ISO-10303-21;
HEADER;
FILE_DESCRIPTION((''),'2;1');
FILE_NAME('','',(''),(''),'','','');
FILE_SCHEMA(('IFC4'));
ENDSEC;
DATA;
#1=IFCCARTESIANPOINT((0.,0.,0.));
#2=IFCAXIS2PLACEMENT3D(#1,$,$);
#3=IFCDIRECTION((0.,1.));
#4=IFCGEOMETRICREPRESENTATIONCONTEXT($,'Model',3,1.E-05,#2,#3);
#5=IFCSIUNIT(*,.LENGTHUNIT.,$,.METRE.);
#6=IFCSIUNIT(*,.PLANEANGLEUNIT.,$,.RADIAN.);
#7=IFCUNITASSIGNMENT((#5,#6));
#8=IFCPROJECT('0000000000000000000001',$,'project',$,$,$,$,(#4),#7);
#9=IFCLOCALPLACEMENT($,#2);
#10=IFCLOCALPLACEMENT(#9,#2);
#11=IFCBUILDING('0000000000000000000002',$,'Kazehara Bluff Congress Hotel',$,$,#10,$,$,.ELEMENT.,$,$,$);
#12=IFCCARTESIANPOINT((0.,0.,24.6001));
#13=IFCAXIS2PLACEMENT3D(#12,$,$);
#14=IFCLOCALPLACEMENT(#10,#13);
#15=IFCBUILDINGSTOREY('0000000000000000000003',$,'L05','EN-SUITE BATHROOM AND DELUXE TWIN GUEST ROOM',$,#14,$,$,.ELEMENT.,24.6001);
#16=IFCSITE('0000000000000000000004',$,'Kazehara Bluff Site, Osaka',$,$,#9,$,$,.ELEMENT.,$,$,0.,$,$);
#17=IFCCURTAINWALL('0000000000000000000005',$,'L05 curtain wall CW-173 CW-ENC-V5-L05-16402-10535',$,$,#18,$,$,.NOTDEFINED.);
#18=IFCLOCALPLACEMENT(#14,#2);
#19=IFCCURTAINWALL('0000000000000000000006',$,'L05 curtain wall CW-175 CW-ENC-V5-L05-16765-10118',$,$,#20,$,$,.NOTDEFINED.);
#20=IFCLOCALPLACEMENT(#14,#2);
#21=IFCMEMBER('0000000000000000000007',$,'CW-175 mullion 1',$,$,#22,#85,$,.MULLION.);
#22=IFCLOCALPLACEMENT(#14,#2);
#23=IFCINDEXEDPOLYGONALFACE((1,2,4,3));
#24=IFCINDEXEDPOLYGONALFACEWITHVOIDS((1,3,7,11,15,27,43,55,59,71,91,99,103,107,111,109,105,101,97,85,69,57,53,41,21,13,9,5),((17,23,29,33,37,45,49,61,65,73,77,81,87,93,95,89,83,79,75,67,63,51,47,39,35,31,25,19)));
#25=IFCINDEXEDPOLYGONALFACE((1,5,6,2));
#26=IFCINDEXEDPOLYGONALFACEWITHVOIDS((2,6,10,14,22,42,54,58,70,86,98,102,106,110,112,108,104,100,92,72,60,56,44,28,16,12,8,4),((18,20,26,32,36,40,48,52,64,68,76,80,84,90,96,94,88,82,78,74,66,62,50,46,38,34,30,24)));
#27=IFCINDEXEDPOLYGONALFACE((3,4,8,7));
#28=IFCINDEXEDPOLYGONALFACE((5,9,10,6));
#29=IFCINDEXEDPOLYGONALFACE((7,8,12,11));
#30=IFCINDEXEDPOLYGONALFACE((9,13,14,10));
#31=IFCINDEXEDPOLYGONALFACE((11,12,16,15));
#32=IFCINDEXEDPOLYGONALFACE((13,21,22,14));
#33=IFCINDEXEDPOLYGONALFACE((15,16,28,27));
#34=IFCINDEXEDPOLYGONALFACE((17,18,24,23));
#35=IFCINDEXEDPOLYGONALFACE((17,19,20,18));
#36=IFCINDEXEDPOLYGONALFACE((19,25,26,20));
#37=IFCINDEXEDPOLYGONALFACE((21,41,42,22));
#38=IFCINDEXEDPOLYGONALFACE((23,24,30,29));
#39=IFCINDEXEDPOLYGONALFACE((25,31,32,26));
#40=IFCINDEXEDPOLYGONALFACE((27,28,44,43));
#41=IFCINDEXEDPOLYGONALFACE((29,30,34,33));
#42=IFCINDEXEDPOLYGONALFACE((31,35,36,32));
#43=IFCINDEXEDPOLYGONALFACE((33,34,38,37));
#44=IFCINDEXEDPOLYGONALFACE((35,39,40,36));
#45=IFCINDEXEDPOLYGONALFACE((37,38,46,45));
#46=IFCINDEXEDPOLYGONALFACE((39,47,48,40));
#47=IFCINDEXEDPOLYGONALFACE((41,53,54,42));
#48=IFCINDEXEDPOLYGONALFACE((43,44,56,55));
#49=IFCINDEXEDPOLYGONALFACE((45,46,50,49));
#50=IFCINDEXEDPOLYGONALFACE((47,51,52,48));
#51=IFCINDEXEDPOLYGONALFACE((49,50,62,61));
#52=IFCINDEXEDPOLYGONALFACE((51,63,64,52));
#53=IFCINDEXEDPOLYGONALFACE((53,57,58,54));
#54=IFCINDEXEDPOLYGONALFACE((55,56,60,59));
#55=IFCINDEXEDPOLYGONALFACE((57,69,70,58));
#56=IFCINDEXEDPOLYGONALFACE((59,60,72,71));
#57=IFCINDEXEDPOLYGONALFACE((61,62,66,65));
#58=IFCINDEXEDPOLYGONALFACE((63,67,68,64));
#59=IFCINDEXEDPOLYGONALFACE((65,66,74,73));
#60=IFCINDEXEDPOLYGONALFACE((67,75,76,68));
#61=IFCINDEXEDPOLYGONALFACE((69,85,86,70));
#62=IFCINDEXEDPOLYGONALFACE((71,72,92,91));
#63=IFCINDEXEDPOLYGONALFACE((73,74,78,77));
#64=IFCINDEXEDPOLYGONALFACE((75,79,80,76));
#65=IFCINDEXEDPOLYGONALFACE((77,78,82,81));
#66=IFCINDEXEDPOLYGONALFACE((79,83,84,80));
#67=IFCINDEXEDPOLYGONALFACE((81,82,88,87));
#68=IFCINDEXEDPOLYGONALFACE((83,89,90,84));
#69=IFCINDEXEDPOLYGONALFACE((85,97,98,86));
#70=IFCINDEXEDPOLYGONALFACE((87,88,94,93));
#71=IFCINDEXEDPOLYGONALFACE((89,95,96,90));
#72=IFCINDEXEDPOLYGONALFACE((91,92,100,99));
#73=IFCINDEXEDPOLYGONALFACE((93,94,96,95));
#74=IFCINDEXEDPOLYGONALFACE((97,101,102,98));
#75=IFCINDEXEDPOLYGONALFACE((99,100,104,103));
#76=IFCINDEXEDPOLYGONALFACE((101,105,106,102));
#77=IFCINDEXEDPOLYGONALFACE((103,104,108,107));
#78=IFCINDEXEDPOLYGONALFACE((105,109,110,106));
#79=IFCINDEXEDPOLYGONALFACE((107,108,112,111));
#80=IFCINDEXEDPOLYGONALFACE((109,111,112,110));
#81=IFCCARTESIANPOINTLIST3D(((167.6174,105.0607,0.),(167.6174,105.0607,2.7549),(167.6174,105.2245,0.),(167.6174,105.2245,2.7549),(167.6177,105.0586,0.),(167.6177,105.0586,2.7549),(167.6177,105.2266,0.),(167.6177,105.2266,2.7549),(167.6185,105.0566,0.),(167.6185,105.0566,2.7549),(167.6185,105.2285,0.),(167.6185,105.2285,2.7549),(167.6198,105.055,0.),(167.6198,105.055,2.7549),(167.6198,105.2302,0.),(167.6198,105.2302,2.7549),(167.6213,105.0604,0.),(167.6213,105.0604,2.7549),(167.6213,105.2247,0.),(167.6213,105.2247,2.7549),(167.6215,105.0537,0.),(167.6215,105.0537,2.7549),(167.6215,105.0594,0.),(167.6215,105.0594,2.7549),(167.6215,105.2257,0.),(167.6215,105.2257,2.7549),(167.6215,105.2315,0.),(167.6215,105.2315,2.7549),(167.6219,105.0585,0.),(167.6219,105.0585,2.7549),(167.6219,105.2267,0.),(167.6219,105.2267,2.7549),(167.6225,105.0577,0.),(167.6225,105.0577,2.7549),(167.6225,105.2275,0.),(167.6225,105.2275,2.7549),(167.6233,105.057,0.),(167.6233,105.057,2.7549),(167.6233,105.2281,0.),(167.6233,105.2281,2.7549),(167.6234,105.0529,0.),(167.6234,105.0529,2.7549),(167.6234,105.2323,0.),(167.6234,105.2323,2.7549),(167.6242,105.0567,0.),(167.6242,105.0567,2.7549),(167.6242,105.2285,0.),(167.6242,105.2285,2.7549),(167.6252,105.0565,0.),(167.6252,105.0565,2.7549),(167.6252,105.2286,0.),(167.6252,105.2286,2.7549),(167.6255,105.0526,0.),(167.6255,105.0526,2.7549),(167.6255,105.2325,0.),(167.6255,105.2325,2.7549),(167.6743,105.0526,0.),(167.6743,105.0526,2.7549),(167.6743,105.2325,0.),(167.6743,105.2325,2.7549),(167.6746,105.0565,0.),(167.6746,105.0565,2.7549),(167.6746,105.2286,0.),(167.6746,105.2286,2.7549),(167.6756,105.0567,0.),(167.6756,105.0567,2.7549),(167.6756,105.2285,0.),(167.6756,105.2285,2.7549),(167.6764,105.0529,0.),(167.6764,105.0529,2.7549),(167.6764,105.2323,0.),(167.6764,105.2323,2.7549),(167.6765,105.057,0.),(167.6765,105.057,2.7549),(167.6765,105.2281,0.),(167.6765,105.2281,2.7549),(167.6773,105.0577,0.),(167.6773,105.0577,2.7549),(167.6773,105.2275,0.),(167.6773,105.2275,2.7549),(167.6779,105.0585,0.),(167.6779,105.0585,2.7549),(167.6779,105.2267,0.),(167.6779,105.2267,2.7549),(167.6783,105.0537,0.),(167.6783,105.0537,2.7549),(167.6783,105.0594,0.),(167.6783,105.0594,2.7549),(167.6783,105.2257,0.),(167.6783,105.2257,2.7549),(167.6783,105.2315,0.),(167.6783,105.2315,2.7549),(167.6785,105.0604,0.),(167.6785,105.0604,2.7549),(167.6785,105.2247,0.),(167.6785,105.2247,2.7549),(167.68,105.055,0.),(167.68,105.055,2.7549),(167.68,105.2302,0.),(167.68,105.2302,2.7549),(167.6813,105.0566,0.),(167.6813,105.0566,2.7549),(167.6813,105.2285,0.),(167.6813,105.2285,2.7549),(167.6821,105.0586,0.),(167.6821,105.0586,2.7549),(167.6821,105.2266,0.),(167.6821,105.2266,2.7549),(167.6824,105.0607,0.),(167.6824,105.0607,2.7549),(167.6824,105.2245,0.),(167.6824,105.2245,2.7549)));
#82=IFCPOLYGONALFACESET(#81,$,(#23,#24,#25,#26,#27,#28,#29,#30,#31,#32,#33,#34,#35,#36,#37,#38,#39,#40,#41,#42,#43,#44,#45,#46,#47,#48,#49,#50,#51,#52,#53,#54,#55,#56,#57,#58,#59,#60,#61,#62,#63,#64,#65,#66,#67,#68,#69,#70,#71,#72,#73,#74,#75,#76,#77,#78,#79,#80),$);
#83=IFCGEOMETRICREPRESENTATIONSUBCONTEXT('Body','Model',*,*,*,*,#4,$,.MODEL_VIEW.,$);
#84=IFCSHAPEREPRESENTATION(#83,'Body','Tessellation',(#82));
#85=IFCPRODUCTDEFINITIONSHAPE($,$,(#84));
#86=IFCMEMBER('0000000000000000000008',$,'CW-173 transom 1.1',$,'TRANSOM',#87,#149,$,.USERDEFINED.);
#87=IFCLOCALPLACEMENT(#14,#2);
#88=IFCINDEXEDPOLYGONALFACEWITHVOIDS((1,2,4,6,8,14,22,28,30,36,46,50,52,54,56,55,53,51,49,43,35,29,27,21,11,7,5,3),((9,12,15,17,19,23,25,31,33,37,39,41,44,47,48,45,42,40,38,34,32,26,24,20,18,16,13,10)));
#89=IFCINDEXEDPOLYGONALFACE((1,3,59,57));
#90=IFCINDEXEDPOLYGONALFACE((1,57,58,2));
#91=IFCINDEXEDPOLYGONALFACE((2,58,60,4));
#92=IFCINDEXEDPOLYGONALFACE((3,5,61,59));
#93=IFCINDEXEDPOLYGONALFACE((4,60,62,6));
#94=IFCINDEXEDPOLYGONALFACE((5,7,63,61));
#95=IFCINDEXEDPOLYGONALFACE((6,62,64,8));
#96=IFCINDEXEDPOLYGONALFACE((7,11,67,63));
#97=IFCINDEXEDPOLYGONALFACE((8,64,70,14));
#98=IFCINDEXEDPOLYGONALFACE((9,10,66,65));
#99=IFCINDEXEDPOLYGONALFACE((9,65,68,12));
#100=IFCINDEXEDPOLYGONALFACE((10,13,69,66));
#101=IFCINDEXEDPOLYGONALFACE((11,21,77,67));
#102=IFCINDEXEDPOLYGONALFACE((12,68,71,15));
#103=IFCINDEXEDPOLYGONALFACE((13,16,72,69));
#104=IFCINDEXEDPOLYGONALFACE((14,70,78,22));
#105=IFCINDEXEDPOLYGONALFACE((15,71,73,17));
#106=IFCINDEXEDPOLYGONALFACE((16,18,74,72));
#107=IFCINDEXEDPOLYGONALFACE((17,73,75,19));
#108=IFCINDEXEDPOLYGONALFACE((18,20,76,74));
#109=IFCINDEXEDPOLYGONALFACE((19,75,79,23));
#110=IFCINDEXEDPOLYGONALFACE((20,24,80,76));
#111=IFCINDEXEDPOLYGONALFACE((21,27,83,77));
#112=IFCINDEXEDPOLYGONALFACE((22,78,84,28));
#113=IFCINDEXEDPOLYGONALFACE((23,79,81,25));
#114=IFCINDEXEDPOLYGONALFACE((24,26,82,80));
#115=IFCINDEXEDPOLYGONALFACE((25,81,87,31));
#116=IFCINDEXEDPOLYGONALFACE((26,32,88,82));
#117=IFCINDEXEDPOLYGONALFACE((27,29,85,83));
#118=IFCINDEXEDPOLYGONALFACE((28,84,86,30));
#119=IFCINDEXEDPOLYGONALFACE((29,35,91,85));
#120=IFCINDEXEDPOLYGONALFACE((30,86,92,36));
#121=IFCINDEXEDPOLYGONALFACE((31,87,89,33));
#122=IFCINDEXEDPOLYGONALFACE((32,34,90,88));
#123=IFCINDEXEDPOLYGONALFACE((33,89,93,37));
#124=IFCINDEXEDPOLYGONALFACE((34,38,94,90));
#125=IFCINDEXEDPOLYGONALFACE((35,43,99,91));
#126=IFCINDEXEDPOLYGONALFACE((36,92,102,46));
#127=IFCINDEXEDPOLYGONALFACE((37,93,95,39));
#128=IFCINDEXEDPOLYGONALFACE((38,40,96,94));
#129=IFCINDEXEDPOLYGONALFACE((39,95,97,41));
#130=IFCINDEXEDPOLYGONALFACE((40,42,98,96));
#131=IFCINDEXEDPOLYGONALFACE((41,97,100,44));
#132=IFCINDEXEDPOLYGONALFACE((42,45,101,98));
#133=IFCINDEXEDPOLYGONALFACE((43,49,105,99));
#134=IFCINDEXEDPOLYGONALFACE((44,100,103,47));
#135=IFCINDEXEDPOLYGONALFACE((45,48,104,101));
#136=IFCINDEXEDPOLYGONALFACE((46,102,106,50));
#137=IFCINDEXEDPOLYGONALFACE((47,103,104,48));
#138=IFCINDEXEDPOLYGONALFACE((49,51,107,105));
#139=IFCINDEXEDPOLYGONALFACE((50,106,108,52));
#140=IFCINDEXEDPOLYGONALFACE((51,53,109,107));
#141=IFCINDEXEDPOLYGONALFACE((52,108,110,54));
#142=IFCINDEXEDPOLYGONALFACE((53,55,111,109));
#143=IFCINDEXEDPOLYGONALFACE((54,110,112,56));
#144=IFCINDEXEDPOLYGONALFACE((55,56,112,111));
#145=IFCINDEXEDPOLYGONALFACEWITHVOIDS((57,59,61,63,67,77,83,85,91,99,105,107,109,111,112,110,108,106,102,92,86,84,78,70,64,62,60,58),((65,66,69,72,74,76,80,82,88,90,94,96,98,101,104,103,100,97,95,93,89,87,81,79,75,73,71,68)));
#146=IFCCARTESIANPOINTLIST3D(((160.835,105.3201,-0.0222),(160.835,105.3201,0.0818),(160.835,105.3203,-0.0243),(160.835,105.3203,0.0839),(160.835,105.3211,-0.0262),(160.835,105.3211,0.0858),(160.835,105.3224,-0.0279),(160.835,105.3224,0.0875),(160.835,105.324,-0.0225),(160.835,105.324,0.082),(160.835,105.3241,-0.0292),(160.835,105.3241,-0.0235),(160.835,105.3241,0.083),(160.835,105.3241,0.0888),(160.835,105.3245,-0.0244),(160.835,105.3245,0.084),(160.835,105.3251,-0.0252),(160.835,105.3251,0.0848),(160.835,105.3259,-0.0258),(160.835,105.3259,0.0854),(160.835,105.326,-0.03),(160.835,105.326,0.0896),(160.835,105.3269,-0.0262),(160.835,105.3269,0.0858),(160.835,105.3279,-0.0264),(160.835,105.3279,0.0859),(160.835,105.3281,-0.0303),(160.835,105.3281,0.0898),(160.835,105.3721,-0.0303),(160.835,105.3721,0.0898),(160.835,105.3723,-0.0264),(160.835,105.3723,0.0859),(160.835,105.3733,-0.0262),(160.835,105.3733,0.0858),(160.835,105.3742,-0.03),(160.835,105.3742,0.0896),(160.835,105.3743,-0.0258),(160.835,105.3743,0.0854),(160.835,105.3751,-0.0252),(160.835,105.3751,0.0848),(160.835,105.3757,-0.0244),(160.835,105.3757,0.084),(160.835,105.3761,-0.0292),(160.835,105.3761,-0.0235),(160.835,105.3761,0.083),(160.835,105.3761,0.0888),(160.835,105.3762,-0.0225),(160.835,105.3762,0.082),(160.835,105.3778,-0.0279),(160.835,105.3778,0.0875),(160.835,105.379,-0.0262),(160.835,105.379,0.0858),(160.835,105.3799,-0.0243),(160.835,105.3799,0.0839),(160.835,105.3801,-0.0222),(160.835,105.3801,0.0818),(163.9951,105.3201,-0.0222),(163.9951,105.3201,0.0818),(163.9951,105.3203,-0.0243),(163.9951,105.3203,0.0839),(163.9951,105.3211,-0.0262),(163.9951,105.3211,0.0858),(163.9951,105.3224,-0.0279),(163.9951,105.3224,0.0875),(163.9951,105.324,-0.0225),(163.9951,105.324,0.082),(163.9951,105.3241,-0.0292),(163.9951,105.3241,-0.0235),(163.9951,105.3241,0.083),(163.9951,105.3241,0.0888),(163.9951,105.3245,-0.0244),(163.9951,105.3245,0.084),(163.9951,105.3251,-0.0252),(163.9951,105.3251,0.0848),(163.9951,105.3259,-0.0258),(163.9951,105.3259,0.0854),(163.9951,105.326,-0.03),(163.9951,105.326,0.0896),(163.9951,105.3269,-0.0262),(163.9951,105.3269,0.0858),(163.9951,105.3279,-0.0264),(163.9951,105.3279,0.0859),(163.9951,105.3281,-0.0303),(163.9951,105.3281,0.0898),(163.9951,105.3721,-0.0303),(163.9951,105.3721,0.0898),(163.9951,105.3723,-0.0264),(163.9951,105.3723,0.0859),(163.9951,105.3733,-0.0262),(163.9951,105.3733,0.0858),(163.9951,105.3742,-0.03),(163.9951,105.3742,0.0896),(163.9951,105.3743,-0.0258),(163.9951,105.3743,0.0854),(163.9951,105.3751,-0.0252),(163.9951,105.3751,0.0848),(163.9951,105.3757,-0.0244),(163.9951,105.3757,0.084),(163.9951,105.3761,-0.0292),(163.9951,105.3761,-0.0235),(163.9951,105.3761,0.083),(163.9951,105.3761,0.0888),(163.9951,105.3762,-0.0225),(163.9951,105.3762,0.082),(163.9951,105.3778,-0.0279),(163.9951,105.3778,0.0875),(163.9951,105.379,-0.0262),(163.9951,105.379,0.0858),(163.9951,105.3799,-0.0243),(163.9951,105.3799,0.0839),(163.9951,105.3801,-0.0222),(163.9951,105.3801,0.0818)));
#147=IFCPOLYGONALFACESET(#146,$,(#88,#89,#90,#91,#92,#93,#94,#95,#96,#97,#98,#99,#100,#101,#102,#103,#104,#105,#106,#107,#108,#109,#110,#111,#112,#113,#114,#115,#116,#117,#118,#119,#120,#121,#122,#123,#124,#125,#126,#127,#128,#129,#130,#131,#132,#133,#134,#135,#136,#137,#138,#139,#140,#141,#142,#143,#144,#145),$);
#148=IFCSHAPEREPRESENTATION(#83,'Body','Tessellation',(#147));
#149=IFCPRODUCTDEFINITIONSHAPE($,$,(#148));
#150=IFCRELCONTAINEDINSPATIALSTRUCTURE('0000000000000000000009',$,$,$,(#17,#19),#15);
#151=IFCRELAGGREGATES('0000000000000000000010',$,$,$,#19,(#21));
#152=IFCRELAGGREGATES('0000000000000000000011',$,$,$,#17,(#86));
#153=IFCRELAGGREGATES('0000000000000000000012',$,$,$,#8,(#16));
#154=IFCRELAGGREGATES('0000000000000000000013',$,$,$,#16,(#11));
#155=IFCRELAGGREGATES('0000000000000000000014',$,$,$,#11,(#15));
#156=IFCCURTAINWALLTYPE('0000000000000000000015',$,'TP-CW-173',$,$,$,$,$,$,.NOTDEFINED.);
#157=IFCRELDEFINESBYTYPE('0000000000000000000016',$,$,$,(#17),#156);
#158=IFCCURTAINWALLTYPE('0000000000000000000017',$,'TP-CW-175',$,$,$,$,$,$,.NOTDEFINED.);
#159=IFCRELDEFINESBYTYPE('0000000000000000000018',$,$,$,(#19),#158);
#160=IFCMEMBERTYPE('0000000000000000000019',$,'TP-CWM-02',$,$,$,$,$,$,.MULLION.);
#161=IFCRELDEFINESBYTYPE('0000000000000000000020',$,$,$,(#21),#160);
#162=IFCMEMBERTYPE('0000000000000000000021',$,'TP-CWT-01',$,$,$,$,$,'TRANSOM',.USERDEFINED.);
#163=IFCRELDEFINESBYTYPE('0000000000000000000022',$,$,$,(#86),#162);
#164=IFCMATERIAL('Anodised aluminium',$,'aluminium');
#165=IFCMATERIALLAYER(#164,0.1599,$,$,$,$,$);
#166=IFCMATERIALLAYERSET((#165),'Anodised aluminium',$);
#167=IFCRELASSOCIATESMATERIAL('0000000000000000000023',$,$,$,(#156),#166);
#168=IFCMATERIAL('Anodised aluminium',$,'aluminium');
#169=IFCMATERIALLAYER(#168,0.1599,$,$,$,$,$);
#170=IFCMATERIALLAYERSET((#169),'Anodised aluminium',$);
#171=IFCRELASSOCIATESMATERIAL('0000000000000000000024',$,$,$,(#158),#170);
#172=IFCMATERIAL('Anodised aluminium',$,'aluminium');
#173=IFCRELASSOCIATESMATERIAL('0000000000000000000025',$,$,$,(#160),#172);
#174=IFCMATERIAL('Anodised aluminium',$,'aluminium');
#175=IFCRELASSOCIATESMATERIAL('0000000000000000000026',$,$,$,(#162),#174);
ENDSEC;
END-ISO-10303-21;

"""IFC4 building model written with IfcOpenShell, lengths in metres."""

from ifc_helpers import new_model, si_unit, direction, frame, origin, origin_2d, place, context, subcontext, project, spatial, hollow_rectangle, extrude, material, layer, layer_set, material_profile, profile_set, type_object, element, aggregate, save


model = new_model("IFC4")

# Units and contexts
model_context = context("Model", 3, precision=1e-05, world=origin(), true_north=direction((0.0, 1.0)))
body_context = subcontext(model_context, "Body", "Model", "MODEL_VIEW")
ifc_project = project(units=[si_unit("LENGTHUNIT", "METRE"), si_unit("PLANEANGLEUNIT", "RADIAN")], contexts=[model_context])

# Site, building, storey
site_placement = place(None, origin())
site = spatial("IfcSite", under=ifc_project, at=site_placement, Name="Kazehara Bluff Site, Osaka", CompositionType="ELEMENT", RefElevation=0.0)
building_placement = place(site_placement, origin())
building = spatial("IfcBuilding", under=site, at=building_placement, Name="Kazehara Bluff Congress Hotel", CompositionType="ELEMENT")
storey_placement = place(building_placement, frame((0.0, 0.0, 24.6001)))
storey = spatial("IfcBuildingStorey", under=building, at=storey_placement, Name="L05", Description="EN-SUITE BATHROOM AND DELUXE TWIN GUEST ROOM", CompositionType="ELEMENT", Elevation=24.6001)

# Curtain wall
ifc_material_1 = material(Name="Anodised aluminium", Category="aluminium")
ifc_layer_1 = layer(ifc_material_1, 0.1599)
ifc_layer_set_1 = layer_set([ifc_layer_1], Name="Anodised aluminium")
curtain_wall_type_1 = type_object("IfcCurtainWallType", Name="TP-CW-173", PredefinedType="NOTDEFINED", material=ifc_layer_set_1)
curtain_wall_1_placement = place(storey_placement, origin())
curtain_wall_1 = element("IfcCurtainWall", 1, at=curtain_wall_1_placement, inside=storey, type_object=curtain_wall_type_1, Name="L05 curtain wall CW-173 CW-ENC-V5-L05-16402-10535", PredefinedType="NOTDEFINED")

# Curtain wall, member
ifc_material_2 = material(Name="Anodised aluminium", Category="aluminium")
ifc_layer_2 = layer(ifc_material_2, 0.1599)
ifc_layer_set_2 = layer_set([ifc_layer_2], Name="Anodised aluminium")
curtain_wall_type_2 = type_object("IfcCurtainWallType", Name="TP-CW-175", PredefinedType="NOTDEFINED", material=ifc_layer_set_2)
curtain_wall_2_placement = place(storey_placement, origin())
curtain_wall_2 = element("IfcCurtainWall", 2, at=curtain_wall_2_placement, inside=storey, type_object=curtain_wall_type_2, Name="L05 curtain wall CW-175 CW-ENC-V5-L05-16765-10118", PredefinedType="NOTDEFINED")
ifc_material_3 = material(Name="Anodised aluminium", Category="aluminium")
ifc_material_profile_1 = material_profile(ifc_material_3, hollow_rectangle(XDim=0.0649, YDim=0.1799, WallThickness=0.0039, InnerFilletRadius=0.0039, OuterFilletRadius=0.0081, at=origin_2d()))
ifc_profile_set_1 = profile_set([ifc_material_profile_1], Name="Anodised aluminium")
member_type_1 = type_object("IfcMemberType", Name="TP-CWM-02", PredefinedType="MULLION", material=ifc_profile_set_1)
member_1_placement = place(storey_placement, frame((167.6499, 105.1426, 0.0), z_axis=(0.0, 0.0, 1.0), x_axis=(1.0, 0.0, 0.0)))
member_1 = element("IfcMember", 3, at=member_1_placement, type_object=member_type_1, Name="CW-175 mullion 1", PredefinedType="MULLION", context=body_context, shape_type="SweptSolid", body=[
    extrude(hollow_rectangle(XDim=0.0649, YDim=0.1799, WallThickness=0.0039, InnerFilletRadius=0.0039, OuterFilletRadius=0.0081, at=origin_2d()), origin(), (0.0, 0.0, 1.0), 2.7549),
])

# Member
ifc_material_4 = material(Name="Anodised aluminium", Category="aluminium")
ifc_material_profile_2 = material_profile(ifc_material_4, hollow_rectangle(XDim=0.0601, YDim=0.1201, WallThickness=0.0039, InnerFilletRadius=0.0039, OuterFilletRadius=0.0081, at=origin_2d()))
ifc_profile_set_2 = profile_set([ifc_material_profile_2], Name="Anodised aluminium")
member_type_2 = type_object("IfcMemberType", Name="TP-CWT-01", ElementType="TRANSOM", PredefinedType="USERDEFINED", material=ifc_profile_set_2)
member_2_placement = place(storey_placement, frame((160.835, 105.3501, 0.0298), z_axis=(1.0, 0.0, 0.0), x_axis=(0.0, 1.0, 0.0)))
member_2 = element("IfcMember", 4, at=member_2_placement, type_object=member_type_2, Name="CW-173 transom 1.1", ObjectType="TRANSOM", PredefinedType="USERDEFINED", context=body_context, shape_type="SweptSolid", body=[
    extrude(hollow_rectangle(XDim=0.0601, YDim=0.1201, WallThickness=0.0039, InnerFilletRadius=0.0039, OuterFilletRadius=0.0081, at=origin_2d()), origin(), (0.0, 0.0, 1.0), 3.1602),
])
aggregate(curtain_wall_2, [member_1])

aggregate(curtain_wall_1, [member_2])

save(model, "model.ifc")
